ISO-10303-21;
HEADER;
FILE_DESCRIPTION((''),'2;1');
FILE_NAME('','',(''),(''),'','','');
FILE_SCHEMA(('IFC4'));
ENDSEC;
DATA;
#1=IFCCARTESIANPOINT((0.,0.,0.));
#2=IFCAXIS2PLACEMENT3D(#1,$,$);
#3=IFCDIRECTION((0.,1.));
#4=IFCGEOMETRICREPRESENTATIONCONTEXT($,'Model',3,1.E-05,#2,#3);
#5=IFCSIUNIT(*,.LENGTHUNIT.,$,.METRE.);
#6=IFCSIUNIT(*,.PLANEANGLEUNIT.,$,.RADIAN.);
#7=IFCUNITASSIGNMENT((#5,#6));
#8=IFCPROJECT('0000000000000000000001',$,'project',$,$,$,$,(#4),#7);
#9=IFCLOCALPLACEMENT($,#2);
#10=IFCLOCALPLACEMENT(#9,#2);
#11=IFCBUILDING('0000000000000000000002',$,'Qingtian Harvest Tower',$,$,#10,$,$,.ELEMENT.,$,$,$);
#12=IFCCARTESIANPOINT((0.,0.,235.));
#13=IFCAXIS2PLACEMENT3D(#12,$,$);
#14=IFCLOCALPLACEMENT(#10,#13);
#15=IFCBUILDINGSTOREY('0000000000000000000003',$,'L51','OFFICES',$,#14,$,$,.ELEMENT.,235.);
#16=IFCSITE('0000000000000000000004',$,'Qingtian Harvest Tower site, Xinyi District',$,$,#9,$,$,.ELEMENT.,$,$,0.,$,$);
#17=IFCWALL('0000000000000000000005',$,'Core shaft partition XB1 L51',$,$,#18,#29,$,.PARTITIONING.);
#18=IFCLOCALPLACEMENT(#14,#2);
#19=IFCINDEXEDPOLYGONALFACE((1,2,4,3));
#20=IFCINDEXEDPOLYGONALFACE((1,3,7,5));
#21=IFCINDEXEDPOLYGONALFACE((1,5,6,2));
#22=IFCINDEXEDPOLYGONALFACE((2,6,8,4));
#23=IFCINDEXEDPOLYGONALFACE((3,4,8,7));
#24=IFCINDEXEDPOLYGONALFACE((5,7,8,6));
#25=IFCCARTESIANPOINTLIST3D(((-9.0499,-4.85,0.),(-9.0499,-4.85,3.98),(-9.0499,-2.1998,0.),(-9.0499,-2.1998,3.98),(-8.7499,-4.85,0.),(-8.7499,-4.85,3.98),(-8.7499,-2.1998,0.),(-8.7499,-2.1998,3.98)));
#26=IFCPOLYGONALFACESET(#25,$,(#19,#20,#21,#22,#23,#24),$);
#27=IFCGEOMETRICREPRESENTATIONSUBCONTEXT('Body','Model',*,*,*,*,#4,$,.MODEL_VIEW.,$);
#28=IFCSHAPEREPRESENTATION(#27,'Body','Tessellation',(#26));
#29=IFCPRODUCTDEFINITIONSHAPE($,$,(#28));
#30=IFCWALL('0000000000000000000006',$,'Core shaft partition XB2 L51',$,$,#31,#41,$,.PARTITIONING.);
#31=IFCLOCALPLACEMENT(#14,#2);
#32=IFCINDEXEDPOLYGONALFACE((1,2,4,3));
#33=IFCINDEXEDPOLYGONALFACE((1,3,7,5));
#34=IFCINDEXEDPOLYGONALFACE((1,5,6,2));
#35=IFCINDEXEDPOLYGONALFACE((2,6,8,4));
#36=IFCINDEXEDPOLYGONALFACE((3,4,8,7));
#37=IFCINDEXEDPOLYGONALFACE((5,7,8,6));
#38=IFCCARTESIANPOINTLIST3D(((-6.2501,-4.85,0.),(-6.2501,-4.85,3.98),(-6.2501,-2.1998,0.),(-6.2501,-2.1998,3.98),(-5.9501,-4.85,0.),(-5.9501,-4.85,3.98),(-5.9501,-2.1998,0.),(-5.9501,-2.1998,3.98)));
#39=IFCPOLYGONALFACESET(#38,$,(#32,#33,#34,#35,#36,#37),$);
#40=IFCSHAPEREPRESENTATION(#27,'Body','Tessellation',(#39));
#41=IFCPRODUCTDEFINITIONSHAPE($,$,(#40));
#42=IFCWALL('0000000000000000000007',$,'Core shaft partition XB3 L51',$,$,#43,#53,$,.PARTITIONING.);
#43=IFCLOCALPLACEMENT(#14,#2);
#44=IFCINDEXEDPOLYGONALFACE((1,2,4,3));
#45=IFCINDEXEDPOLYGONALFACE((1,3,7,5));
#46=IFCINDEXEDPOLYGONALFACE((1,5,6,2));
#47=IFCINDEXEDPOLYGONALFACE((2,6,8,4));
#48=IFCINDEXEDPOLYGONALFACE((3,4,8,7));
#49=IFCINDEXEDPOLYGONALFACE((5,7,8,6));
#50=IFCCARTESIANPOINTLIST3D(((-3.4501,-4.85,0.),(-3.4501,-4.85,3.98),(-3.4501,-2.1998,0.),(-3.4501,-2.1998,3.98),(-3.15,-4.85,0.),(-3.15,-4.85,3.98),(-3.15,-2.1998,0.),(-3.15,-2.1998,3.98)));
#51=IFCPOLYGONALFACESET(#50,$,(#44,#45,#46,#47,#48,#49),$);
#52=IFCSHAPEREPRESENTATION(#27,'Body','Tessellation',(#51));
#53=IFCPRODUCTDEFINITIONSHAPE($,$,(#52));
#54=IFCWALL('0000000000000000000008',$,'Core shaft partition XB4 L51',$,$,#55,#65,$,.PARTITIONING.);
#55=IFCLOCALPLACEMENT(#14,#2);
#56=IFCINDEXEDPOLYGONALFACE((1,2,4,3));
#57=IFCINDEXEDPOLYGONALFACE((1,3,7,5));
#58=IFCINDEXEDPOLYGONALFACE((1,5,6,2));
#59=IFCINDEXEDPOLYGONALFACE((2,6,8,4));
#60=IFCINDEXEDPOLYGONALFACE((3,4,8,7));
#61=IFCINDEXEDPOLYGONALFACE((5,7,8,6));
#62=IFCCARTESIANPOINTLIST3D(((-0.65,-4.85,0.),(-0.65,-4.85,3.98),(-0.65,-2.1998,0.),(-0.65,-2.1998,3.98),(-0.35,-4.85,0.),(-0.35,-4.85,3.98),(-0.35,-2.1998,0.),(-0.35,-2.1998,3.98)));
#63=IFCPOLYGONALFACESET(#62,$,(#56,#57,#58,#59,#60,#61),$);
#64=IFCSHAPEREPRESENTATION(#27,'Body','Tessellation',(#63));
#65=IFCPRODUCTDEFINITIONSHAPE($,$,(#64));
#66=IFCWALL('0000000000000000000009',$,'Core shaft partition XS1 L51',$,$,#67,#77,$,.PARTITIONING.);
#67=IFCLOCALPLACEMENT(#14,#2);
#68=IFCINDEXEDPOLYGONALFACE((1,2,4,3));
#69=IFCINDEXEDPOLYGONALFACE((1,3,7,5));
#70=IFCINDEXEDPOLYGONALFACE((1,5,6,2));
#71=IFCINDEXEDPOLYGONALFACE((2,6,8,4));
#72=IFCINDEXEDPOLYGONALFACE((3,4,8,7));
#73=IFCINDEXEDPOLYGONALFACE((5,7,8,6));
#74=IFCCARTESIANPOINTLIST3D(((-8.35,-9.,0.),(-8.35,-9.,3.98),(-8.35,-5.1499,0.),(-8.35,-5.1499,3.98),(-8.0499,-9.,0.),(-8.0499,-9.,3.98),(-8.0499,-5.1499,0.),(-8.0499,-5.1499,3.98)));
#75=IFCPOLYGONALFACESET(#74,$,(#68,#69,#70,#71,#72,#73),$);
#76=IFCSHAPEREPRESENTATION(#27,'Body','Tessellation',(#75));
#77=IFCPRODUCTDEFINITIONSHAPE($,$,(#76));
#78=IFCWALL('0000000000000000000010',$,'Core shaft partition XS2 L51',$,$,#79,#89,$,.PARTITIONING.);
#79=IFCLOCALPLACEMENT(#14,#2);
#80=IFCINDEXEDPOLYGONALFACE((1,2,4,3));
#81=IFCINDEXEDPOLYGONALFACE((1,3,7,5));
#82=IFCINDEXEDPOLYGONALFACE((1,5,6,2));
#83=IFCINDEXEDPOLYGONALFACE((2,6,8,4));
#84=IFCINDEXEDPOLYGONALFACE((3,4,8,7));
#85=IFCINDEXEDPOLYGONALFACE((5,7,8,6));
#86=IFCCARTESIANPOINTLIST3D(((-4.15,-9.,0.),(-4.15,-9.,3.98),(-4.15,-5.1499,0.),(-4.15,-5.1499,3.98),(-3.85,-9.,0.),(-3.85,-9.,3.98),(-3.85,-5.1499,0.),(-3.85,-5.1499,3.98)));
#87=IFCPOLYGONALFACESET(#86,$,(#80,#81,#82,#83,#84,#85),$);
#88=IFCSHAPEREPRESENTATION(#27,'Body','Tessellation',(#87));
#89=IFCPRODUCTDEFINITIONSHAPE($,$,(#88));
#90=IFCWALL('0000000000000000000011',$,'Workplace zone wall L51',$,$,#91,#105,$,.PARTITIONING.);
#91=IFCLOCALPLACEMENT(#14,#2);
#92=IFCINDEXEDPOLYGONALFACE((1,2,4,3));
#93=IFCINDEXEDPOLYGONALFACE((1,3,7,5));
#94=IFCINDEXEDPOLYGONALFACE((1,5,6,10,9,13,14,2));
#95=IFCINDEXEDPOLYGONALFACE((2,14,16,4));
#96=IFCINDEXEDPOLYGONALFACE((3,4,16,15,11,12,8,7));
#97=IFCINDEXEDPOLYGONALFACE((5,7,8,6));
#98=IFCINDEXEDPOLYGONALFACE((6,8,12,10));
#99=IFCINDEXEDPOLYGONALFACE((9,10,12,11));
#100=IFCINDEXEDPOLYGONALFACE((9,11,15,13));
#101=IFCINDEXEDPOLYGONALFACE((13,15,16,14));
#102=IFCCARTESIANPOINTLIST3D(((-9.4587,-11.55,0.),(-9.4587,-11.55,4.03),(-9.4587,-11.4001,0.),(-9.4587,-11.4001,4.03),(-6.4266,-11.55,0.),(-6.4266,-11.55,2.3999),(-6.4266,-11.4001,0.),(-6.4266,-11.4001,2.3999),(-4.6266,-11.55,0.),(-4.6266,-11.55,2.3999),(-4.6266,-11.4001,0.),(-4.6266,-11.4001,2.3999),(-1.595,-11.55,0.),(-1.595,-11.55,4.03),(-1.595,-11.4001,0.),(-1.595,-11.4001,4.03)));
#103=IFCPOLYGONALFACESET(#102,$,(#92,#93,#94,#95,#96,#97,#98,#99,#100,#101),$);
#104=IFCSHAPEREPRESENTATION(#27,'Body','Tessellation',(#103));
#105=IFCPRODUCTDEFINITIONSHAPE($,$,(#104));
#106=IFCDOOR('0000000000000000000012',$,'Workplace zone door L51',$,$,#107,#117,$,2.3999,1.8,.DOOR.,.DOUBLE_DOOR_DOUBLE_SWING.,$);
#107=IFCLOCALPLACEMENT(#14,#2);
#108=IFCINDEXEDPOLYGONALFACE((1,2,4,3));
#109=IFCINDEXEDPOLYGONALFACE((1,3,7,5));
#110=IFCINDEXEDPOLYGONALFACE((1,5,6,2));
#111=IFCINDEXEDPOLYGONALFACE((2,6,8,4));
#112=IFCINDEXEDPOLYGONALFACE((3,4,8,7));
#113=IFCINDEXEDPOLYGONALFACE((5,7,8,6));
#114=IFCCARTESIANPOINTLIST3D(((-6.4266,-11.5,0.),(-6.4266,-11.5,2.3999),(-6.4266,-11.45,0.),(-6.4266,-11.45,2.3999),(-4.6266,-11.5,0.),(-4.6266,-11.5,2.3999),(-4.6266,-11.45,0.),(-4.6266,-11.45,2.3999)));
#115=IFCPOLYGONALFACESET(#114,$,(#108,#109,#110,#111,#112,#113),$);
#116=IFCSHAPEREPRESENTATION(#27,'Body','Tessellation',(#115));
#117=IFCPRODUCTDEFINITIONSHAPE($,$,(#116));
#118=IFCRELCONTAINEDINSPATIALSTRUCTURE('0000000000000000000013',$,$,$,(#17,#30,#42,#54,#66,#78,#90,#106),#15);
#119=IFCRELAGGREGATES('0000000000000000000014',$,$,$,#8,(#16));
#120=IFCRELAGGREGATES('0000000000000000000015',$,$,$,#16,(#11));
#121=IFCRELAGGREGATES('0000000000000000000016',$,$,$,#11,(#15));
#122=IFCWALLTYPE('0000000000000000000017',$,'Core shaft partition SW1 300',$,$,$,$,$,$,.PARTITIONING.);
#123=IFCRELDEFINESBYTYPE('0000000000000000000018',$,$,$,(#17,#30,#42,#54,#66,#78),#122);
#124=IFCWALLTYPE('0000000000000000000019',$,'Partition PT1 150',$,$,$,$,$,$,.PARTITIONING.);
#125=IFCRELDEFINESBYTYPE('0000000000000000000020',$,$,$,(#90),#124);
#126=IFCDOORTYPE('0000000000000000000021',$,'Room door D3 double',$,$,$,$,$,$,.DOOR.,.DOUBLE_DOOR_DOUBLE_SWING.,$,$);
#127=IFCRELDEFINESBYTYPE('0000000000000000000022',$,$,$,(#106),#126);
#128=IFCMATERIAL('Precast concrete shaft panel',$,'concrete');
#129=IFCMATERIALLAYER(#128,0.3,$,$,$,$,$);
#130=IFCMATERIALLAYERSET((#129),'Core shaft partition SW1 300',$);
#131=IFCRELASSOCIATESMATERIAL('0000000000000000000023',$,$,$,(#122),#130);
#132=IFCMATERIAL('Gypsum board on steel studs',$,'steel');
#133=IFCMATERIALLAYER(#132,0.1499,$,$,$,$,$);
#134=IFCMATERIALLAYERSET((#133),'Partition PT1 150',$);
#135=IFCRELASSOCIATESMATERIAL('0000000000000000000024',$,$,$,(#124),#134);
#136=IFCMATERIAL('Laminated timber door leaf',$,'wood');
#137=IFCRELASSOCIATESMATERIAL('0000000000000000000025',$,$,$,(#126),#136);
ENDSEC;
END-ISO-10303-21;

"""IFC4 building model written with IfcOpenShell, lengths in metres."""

from ifc_helpers import new_model, si_unit, direction, frame, frame_2d, origin, place, context, subcontext, project, spatial, rectangle, extrude, material, layer, layer_set, type_object, element, fill, save


model = new_model("IFC4")

# Units and contexts
model_context = context("Model", 3, precision=1e-05, world=origin(), true_north=direction((0.0, 1.0)))
body_context = subcontext(model_context, "Body", "Model", "MODEL_VIEW")
ifc_project = project(units=[si_unit("LENGTHUNIT", "METRE"), si_unit("PLANEANGLEUNIT", "RADIAN")], contexts=[model_context])

# Site, building, storey
site_placement = place(None, origin())
site = spatial("IfcSite", under=ifc_project, at=site_placement, Name="Qingtian Harvest Tower site, Xinyi District", CompositionType="ELEMENT", RefElevation=0.0)
building_placement = place(site_placement, origin())
building = spatial("IfcBuilding", under=site, at=building_placement, Name="Qingtian Harvest Tower", CompositionType="ELEMENT")
storey_placement = place(building_placement, frame((0.0, 0.0, 235.0)))
storey = spatial("IfcBuildingStorey", under=building, at=storey_placement, Name="L51", Description="OFFICES", CompositionType="ELEMENT", Elevation=235.0)

# Walls
ifc_material_1 = material(Name="Precast concrete shaft panel", Category="concrete")
ifc_layer_1 = layer(ifc_material_1, 0.3)
ifc_layer_set_1 = layer_set([ifc_layer_1], Name="Core shaft partition SW1 300")
wall_type_1 = type_object("IfcWallType", Name="Core shaft partition SW1 300", PredefinedType="PARTITIONING", material=ifc_layer_set_1)
for number, where, z_axis, x_axis, name in (
    (1, (-8.8999, -4.8501, 0.0), (0.0, 0.0, 1.0), (0.0, 1.0, 0.0), "Core shaft partition XB1 L51"),
    (2, (-6.1001, -4.8501, 0.0), (0.0, 0.0, 1.0), (0.0, 1.0, 0.0), "Core shaft partition XB2 L51"),
    (3, (-3.3, -4.8501, 0.0), (0.0, 0.0, 1.0), (0.0, 1.0, 0.0), "Core shaft partition XB3 L51"),
    (4, (-0.5, -4.8501, 0.0), (0.0, 0.0, 1.0), (0.0, 1.0, 0.0), "Core shaft partition XB4 L51"),
):
    element("IfcWall", number, at=place(storey_placement, frame(where, z_axis=z_axis, x_axis=x_axis)), inside=storey, type_object=wall_type_1, Name=name, PredefinedType="PARTITIONING", context=body_context, shape_type="SweptSolid", body=[
        extrude(rectangle(XDim=2.6501, YDim=0.3, at=frame_2d((1.3252, 0.0))), origin(), (0.0, 0.0, 1.0), 3.98),
    ])
for number, where, z_axis, x_axis, name in (
    (5, (-8.2, -9.0, 0.0), (0.0, 0.0, 1.0), (0.0, 1.0, 0.0), "Core shaft partition XS1 L51"),
    (6, (-4.0, -9.0, 0.0), (0.0, 0.0, 1.0), (0.0, 1.0, 0.0), "Core shaft partition XS2 L51"),
):
    element("IfcWall", number, at=place(storey_placement, frame(where, z_axis=z_axis, x_axis=x_axis)), inside=storey, type_object=wall_type_1, Name=name, PredefinedType="PARTITIONING", context=body_context, shape_type="SweptSolid", body=[
        extrude(rectangle(XDim=3.8501, YDim=0.3, at=frame_2d((1.925, 0.0))), origin(), (0.0, 0.0, 1.0), 3.98),
    ])

# Wall, opening, door
ifc_material_2 = material(Name="Gypsum board on steel studs", Category="steel")
ifc_layer_2 = layer(ifc_material_2, 0.1499)
ifc_layer_set_2 = layer_set([ifc_layer_2], Name="Partition PT1 150")
wall_type_2 = type_object("IfcWallType", Name="Partition PT1 150", PredefinedType="PARTITIONING", material=ifc_layer_set_2)
wall_1_placement = place(storey_placement, frame((-1.595, -11.4751, 0.0), z_axis=(0.0, 0.0, 1.0), x_axis=(-1.0, 0.0, 0.0)))
wall_1 = element("IfcWall", 7, at=wall_1_placement, inside=storey, type_object=wall_type_2, Name="Workplace zone wall L51", PredefinedType="PARTITIONING", context=body_context, shape_type="SweptSolid", body=[
    extrude(rectangle(XDim=7.8638, YDim=0.1499, at=frame_2d((3.9319, 0.0))), origin(), (0.0, 0.0, 1.0), 4.03),
])
opening_1_placement = place(wall_1_placement, frame((3.0317, 0.0, 0.0)))
opening_1 = element("IfcOpeningElement", 8, at=opening_1_placement, cuts=wall_1, PredefinedType="OPENING", context=body_context, shape_type="SweptSolid", body=[
    extrude(rectangle(XDim=1.8, YDim=2.3999, at=frame_2d((0.8999, 1.2))), frame((0.0, 0.085, 0.0), z_axis=(0.0, -1.0, 0.0), x_axis=(1.0, 0.0, 0.0)), (0.0, 0.0, 1.0), 0.1699),
])
ifc_material_3 = material(Name="Laminated timber door leaf", Category="wood")
door_type_1 = type_object("IfcDoorType", Name="Room door D3 double", OperationType="DOUBLE_DOOR_DOUBLE_SWING", PredefinedType="DOOR", material=ifc_material_3)
door_1_placement = place(opening_1_placement, origin())
door_1 = element("IfcDoor", 9, at=door_1_placement, inside=storey, type_object=door_type_1, Name="Workplace zone door L51", OperationType="DOUBLE_DOOR_DOUBLE_SWING", OverallHeight=2.3999, OverallWidth=1.8, PredefinedType="DOOR", context=body_context, shape_type="SweptSolid", body=[
    extrude(rectangle(XDim=1.8, YDim=2.3999, at=frame_2d((0.8999, 1.2))), frame((0.0, 0.0249, 0.0), z_axis=(0.0, -1.0, 0.0), x_axis=(1.0, 0.0, 0.0)), (0.0, 0.0, 1.0), 0.05),
])
fill(opening_1, door_1)

save(model, "model.ifc")
